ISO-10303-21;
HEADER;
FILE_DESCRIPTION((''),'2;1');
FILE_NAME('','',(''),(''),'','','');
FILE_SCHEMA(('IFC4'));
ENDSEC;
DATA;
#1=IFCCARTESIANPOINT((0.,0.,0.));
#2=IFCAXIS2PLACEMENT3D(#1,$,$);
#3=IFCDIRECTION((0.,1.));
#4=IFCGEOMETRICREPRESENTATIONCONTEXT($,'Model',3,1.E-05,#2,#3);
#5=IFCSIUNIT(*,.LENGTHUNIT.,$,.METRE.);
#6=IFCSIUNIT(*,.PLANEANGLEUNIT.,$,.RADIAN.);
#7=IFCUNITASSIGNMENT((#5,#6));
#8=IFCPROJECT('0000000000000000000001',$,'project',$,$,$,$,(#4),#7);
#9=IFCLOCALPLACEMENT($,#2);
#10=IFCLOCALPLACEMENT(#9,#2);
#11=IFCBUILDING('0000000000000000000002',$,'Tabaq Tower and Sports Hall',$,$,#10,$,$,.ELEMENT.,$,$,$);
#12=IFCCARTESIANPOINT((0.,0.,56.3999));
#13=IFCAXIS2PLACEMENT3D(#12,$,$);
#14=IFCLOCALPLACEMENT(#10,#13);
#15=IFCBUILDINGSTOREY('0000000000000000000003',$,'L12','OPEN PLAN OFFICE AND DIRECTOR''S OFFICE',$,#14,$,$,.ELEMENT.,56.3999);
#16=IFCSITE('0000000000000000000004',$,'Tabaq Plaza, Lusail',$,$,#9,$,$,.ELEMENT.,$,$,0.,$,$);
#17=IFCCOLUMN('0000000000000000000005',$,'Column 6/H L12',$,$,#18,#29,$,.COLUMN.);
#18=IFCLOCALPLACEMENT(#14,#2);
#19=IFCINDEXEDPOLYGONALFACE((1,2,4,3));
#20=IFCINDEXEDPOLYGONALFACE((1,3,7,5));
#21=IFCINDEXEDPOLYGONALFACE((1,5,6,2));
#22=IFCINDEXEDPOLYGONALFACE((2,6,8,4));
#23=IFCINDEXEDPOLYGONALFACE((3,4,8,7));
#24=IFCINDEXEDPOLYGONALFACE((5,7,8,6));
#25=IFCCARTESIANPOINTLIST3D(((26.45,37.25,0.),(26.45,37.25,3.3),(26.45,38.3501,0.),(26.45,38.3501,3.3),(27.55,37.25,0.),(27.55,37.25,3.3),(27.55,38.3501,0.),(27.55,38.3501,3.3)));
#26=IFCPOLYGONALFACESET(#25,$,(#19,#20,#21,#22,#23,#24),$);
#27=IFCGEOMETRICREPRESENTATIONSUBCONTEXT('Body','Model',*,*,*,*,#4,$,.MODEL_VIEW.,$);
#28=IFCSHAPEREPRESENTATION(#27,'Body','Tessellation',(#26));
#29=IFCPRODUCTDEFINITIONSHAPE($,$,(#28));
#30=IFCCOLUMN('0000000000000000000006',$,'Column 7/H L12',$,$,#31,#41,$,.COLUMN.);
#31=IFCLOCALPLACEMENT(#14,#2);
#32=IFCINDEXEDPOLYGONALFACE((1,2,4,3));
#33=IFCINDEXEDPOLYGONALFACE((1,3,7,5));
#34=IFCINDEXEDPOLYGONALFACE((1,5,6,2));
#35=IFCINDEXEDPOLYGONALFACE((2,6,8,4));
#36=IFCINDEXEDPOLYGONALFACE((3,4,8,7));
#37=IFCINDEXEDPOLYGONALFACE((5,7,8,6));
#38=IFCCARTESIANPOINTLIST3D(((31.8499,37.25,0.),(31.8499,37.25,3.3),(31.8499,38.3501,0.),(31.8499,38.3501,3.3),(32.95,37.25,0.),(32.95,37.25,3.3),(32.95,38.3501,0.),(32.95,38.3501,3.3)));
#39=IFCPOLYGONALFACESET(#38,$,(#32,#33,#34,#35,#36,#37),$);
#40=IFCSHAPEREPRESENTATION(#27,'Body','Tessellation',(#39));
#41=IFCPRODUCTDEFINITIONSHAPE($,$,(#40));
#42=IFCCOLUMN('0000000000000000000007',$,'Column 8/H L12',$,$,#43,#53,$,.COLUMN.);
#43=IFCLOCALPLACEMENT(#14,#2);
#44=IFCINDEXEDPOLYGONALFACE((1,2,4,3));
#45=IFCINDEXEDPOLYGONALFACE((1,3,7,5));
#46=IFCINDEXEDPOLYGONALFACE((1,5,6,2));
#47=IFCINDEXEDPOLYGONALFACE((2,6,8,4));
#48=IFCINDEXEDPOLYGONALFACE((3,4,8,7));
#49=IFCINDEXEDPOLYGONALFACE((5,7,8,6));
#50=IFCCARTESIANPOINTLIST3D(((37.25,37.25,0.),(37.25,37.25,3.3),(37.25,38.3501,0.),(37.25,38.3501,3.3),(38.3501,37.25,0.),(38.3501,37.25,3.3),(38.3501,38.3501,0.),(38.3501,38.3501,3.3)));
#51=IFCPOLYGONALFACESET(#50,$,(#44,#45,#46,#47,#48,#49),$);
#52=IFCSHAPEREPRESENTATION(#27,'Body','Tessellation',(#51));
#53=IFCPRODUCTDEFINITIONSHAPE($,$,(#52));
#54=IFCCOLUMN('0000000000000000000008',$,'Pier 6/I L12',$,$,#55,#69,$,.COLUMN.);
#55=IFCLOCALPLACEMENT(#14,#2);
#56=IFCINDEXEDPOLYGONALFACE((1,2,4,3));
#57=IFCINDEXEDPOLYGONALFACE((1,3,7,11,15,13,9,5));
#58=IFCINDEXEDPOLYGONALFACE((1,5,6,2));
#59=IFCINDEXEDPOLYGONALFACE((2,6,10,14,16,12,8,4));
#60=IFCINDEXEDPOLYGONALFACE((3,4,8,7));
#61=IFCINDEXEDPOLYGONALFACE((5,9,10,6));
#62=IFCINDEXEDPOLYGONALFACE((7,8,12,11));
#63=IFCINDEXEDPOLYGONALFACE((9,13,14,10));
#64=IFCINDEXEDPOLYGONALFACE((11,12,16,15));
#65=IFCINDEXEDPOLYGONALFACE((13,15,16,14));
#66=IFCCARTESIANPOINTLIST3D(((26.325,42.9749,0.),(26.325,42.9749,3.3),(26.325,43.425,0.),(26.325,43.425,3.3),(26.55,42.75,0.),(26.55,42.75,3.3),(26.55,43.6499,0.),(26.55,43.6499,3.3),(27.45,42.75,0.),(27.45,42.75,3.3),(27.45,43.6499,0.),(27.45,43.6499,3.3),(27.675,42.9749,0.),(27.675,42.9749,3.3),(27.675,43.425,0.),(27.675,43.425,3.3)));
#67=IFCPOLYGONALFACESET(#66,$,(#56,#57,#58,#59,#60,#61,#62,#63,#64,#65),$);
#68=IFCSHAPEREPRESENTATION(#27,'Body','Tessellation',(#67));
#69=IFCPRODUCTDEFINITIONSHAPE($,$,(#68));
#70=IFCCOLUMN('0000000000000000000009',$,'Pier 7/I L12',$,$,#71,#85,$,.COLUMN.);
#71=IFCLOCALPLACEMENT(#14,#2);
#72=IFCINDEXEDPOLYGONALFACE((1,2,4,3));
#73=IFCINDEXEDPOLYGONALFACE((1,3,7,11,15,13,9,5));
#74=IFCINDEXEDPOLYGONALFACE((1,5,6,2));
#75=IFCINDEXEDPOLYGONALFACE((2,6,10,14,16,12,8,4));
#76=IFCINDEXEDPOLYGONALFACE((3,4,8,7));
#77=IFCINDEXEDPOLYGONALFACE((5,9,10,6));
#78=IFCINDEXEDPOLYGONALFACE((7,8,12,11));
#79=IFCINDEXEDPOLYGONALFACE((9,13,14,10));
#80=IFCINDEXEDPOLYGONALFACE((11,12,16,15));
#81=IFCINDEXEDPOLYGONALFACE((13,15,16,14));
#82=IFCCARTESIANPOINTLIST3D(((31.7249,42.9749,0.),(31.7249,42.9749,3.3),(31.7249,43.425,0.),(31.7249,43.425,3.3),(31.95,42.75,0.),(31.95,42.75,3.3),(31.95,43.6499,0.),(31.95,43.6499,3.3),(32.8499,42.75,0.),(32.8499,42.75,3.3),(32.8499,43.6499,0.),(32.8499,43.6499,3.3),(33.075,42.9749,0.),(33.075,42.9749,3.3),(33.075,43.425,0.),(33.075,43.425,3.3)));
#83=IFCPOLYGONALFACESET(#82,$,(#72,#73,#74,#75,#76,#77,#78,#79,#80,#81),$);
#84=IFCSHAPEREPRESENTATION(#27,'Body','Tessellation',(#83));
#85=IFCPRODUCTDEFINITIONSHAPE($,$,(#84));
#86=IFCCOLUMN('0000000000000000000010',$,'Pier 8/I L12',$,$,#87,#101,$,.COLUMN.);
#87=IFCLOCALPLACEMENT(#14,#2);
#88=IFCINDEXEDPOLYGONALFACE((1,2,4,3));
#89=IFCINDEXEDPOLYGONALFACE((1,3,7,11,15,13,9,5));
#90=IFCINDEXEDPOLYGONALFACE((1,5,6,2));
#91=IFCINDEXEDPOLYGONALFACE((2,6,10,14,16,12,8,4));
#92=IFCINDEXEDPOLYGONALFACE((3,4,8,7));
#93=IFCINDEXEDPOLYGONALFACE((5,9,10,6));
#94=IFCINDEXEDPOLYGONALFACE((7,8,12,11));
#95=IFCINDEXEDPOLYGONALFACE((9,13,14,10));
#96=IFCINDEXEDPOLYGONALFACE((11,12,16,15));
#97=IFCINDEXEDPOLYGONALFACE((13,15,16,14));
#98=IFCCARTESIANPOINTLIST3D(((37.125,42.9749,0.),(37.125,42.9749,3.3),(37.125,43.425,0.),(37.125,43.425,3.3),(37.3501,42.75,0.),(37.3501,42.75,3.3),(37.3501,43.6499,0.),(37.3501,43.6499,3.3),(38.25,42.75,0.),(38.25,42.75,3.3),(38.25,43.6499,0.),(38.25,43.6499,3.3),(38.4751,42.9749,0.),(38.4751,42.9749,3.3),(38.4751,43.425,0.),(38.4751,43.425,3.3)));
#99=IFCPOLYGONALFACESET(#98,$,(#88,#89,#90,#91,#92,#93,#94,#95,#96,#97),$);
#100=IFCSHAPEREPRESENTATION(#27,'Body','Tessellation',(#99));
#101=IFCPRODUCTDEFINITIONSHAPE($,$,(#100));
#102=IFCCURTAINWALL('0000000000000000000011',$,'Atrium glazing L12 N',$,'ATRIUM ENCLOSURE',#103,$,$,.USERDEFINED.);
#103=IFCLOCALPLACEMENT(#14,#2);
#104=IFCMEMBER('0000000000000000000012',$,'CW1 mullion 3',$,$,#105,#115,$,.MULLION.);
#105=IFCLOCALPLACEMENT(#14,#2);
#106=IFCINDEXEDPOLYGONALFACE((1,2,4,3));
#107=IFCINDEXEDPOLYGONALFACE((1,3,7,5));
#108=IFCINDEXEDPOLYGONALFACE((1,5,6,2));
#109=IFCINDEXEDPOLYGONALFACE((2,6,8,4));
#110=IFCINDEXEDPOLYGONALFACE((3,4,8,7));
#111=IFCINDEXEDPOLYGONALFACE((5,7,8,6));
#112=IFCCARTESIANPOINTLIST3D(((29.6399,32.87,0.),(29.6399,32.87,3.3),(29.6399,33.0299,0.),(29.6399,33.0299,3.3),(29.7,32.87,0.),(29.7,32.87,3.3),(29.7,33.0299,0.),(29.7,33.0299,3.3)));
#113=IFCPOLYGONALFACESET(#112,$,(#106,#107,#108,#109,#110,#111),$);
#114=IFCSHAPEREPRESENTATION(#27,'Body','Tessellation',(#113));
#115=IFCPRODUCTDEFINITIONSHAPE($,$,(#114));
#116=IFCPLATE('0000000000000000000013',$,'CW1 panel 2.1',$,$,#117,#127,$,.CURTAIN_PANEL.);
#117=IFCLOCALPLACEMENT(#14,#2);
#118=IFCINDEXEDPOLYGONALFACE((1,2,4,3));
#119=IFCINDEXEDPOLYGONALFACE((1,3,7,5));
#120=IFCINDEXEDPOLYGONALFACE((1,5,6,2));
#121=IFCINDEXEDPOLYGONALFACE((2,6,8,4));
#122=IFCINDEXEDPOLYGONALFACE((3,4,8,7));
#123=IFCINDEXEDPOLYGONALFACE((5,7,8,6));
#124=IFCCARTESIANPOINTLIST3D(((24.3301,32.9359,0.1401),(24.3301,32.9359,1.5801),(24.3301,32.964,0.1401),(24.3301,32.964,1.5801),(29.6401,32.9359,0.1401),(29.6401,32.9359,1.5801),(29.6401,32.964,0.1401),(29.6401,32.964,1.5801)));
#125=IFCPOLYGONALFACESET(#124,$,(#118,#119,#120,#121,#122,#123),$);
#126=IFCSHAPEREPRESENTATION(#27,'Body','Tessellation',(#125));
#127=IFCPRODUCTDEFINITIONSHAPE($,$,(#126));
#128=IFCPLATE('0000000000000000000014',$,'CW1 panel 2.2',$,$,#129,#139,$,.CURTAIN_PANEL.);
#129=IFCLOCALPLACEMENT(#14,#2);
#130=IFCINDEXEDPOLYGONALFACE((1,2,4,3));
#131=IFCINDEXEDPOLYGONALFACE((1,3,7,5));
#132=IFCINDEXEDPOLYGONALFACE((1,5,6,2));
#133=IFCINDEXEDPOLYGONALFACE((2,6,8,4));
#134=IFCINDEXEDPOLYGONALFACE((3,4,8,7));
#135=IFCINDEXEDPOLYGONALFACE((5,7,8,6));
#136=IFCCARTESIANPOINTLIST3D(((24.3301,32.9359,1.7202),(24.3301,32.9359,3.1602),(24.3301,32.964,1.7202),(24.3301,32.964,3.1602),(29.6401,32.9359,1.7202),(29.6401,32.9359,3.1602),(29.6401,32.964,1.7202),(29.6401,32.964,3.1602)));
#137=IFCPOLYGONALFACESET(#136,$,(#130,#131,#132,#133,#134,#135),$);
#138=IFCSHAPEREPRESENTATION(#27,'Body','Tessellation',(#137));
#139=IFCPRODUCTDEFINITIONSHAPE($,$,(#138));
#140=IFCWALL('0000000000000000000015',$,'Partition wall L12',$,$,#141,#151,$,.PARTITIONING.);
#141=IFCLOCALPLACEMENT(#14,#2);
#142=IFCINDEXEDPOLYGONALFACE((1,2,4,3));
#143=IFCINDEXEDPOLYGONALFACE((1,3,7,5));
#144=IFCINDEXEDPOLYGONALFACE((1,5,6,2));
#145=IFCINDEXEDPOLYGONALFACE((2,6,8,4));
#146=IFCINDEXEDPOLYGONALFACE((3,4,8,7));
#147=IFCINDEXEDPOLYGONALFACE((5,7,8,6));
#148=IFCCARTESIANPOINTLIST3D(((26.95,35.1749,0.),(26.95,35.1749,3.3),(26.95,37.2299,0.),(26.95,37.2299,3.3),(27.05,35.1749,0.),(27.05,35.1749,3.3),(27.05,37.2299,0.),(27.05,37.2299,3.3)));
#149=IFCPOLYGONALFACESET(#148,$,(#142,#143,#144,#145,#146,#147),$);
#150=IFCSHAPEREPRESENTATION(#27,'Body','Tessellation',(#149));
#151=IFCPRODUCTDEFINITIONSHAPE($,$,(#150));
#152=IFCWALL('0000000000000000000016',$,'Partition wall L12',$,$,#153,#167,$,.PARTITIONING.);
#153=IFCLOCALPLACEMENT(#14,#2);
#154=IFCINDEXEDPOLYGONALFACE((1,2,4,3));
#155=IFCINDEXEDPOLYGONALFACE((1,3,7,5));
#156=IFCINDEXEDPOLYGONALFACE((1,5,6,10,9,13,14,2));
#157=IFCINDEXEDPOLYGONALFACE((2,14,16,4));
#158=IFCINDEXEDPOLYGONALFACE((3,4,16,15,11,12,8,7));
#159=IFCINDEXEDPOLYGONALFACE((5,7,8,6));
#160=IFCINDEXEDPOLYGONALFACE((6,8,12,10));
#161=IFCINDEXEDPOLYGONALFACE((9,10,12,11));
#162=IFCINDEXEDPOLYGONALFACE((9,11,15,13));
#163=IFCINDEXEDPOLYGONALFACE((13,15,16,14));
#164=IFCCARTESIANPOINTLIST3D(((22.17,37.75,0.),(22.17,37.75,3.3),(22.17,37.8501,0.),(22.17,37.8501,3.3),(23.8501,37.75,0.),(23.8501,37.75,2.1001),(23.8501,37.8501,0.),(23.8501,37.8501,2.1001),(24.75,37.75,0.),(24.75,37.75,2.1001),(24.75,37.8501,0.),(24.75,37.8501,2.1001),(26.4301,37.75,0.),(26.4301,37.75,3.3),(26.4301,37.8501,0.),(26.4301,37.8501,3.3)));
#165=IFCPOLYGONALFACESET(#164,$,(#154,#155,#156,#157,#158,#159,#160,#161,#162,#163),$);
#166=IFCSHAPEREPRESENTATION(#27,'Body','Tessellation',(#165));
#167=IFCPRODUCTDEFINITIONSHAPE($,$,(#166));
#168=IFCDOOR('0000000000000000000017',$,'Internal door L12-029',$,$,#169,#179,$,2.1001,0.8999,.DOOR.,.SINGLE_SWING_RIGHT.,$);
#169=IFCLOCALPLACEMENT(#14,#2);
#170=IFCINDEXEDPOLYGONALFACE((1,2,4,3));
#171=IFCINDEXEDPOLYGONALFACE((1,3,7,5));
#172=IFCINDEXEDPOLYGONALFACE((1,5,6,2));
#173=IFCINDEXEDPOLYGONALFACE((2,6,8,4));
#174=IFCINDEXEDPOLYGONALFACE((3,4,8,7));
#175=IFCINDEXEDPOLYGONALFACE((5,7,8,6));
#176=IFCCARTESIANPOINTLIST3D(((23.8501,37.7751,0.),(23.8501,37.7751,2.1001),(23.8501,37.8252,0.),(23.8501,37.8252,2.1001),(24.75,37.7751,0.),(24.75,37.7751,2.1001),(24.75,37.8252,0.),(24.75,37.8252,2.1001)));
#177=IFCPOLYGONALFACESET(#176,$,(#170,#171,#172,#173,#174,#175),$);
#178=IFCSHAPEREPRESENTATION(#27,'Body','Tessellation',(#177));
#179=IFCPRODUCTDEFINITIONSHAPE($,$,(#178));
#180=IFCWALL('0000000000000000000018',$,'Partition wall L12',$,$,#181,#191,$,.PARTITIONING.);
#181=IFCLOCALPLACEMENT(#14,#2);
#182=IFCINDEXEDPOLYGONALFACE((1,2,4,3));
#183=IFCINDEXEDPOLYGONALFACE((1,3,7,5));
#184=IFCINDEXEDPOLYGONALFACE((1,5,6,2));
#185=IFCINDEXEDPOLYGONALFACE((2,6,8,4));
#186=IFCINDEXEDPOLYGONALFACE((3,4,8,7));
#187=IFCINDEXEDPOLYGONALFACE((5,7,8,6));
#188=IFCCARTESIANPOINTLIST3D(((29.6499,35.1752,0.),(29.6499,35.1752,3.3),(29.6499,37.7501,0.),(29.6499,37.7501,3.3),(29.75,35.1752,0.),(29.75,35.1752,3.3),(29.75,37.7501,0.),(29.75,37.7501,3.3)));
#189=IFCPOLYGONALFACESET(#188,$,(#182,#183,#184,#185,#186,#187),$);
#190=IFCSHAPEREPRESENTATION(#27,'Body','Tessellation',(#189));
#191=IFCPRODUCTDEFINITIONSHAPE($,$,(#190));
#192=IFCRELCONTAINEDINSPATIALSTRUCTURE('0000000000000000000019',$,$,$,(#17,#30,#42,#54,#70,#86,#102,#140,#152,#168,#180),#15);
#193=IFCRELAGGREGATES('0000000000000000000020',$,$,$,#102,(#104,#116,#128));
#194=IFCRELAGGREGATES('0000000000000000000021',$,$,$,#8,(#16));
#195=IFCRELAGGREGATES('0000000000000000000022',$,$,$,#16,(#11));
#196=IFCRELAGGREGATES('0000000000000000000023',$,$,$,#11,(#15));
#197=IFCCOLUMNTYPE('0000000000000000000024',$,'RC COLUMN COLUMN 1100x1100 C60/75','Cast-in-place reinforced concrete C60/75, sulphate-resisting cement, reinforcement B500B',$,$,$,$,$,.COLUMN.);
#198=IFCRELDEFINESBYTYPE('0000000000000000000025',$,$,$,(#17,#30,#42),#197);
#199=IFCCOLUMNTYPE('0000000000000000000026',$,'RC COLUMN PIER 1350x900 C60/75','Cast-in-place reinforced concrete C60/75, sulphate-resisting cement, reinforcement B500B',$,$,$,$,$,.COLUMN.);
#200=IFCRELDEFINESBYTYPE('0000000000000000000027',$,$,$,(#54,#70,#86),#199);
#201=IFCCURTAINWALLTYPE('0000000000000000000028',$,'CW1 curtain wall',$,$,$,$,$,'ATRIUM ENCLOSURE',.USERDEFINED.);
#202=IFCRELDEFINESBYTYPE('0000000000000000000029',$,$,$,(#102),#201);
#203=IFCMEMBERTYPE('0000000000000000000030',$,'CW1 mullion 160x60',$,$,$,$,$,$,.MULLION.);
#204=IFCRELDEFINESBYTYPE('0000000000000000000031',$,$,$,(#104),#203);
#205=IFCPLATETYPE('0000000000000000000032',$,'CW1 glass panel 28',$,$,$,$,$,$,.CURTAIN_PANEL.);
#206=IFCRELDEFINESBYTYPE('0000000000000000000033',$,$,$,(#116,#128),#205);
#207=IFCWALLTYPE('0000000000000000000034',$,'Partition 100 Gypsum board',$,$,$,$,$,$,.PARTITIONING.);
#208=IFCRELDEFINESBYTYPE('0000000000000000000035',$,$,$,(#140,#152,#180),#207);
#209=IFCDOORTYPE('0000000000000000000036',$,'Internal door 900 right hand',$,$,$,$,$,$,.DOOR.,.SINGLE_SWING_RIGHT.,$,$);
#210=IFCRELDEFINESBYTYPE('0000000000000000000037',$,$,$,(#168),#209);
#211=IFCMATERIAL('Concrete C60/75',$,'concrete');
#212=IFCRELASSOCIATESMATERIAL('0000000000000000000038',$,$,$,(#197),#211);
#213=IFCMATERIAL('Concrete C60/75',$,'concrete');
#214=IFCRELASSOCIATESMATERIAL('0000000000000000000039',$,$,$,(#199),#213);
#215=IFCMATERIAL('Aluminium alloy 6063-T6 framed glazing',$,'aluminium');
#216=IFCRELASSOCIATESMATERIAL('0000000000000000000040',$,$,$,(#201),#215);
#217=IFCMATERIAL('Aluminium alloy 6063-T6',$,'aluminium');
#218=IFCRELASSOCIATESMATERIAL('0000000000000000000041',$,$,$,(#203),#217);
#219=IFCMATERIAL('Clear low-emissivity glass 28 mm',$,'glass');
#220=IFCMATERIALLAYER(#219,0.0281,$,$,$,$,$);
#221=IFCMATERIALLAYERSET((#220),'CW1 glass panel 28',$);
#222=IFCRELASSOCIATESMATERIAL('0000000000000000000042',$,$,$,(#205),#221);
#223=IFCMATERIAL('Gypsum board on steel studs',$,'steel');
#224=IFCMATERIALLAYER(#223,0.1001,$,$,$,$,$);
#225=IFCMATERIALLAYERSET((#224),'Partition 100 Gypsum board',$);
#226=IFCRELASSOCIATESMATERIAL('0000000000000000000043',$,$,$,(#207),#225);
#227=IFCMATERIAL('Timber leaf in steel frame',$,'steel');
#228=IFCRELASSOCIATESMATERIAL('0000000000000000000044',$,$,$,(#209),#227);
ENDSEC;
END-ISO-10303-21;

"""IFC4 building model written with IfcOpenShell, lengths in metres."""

from ifc_helpers import new_model, si_unit, direction, frame, frame_2d, origin, origin_2d, place, context, subcontext, project, spatial, polyline, rectangle, outline, extrude, material, layer, layer_set, material_profile, profile_set, type_object, element, fill, aggregate, save


model = new_model("IFC4")

# Units and contexts
model_context = context("Model", 3, precision=1e-05, world=origin(), true_north=direction((0.0, 1.0)))
body_context = subcontext(model_context, "Body", "Model", "MODEL_VIEW")
ifc_project = project(units=[si_unit("LENGTHUNIT", "METRE"), si_unit("PLANEANGLEUNIT", "RADIAN")], contexts=[model_context])

# Site, building, storey
site_placement = place(None, origin())
site = spatial("IfcSite", under=ifc_project, at=site_placement, Name="Tabaq Plaza, Lusail", CompositionType="ELEMENT", RefElevation=0.0)
building_placement = place(site_placement, origin())
building = spatial("IfcBuilding", under=site, at=building_placement, Name="Tabaq Tower and Sports Hall", CompositionType="ELEMENT")
storey_placement = place(building_placement, frame((0.0, 0.0, 56.3999)))
storey = spatial("IfcBuildingStorey", under=building, at=storey_placement, Name="L12", Description="OPEN PLAN OFFICE AND DIRECTOR'S OFFICE", CompositionType="ELEMENT", Elevation=56.3999)

# Columns
ifc_material_1 = material(Name="Concrete C60/75", Category="concrete")
ifc_material_profile_1 = material_profile(ifc_material_1, rectangle(XDim=1.1001, YDim=1.1001, at=origin_2d()), Name="COLUMN 1100x1100")
ifc_profile_set_1 = profile_set([ifc_material_profile_1], Name="Concrete C60/75")
column_type_1 = type_object("IfcColumnType", Name="RC COLUMN COLUMN 1100x1100 C60/75", Description="Cast-in-place reinforced concrete C60/75, sulphate-resisting cement, reinforcement B500B", PredefinedType="COLUMN", material=ifc_profile_set_1)
for number, where, z_axis, x_axis, name in (
    (1, (27.0, 37.8, 0.0), (0.0, 0.0, 1.0), (1.0, 0.0, 0.0), "Column 6/H L12"),
    (2, (32.3999, 37.8, 0.0), (0.0, 0.0, 1.0), (1.0, 0.0, 0.0), "Column 7/H L12"),
    (3, (37.8, 37.8, 0.0), (0.0, 0.0, 1.0), (1.0, 0.0, 0.0), "Column 8/H L12"),
):
    element("IfcColumn", number, at=place(storey_placement, frame(where, z_axis=z_axis, x_axis=x_axis)), inside=storey, type_object=column_type_1, Name=name, PredefinedType="COLUMN", context=body_context, shape_type="SweptSolid", body=[
        extrude(rectangle(XDim=1.1001, YDim=1.1001, at=origin_2d()), origin(), (0.0, 0.0, 1.0), 3.3),
    ])
ifc_material_2 = material(Name="Concrete C60/75", Category="concrete")
ifc_material_profile_2 = material_profile(ifc_material_2, outline(polyline([(-0.45, -0.45), (0.45, -0.45), (0.675, -0.2251), (0.675, 0.2251), (0.45, 0.45), (-0.45, 0.45), (-0.675, 0.2251), (-0.675, -0.2251), (-0.45, -0.45)])), Name="PIER 1350x900")
ifc_profile_set_2 = profile_set([ifc_material_profile_2], Name="Concrete C60/75")
column_type_2 = type_object("IfcColumnType", Name="RC COLUMN PIER 1350x900 C60/75", Description="Cast-in-place reinforced concrete C60/75, sulphate-resisting cement, reinforcement B500B", PredefinedType="COLUMN", material=ifc_profile_set_2)
for number, where, z_axis, x_axis, name in (
    (4, (27.0, 43.2, 0.0), (0.0, 0.0, 1.0), (1.0, 0.0, 0.0), "Pier 6/I L12"),
    (5, (32.3999, 43.2, 0.0), (0.0, 0.0, 1.0), (1.0, 0.0, 0.0), "Pier 7/I L12"),
    (6, (37.8, 43.2, 0.0), (0.0, 0.0, 1.0), (1.0, 0.0, 0.0), "Pier 8/I L12"),
):
    element("IfcColumn", number, at=place(storey_placement, frame(where, z_axis=z_axis, x_axis=x_axis)), inside=storey, type_object=column_type_2, Name=name, PredefinedType="COLUMN", context=body_context, shape_type="SweptSolid", body=[
        extrude(outline(polyline([(-0.45, -0.45), (0.45, -0.45), (0.675, -0.2251), (0.675, 0.2251), (0.45, 0.45), (-0.45, 0.45), (-0.675, 0.2251), (-0.675, -0.2251), (-0.45, -0.45)])), origin(), (0.0, 0.0, 1.0), 3.3),
    ])

# Curtain wall, member, plates
ifc_material_3 = material(Name="Aluminium alloy 6063-T6 framed glazing", Category="aluminium")
curtain_wall_type = type_object("IfcCurtainWallType", Name="CW1 curtain wall", ElementType="ATRIUM ENCLOSURE", PredefinedType="USERDEFINED", material=ifc_material_3)
curtain_wall_placement = place(storey_placement, origin())
curtain_wall = element("IfcCurtainWall", 7, at=curtain_wall_placement, inside=storey, type_object=curtain_wall_type, Name="Atrium glazing L12 N", ObjectType="ATRIUM ENCLOSURE", PredefinedType="USERDEFINED")
ifc_material_4 = material(Name="Aluminium alloy 6063-T6", Category="aluminium")
ifc_material_profile_3 = material_profile(ifc_material_4, rectangle(XDim=0.1599, YDim=0.0601, at=origin_2d()), Name="MULLION 160x60")
ifc_profile_set_3 = profile_set([ifc_material_profile_3], Name="Aluminium alloy 6063-T6")
member_type = type_object("IfcMemberType", Name="CW1 mullion 160x60", PredefinedType="MULLION", material=ifc_profile_set_3)
member_placement = place(storey_placement, frame((29.6699, 32.95, 0.0), z_axis=(0.0, 0.0, 1.0), x_axis=(0.0, 1.0, 0.0)))
member = element("IfcMember", 8, at=member_placement, type_object=member_type, Name="CW1 mullion 3", PredefinedType="MULLION", context=body_context, shape_type="SweptSolid", body=[
    extrude(rectangle(XDim=0.1599, YDim=0.0601, at=origin_2d()), origin(), (0.0, 0.0, 1.0), 3.3),
])
ifc_material_5 = material(Name="Clear low-emissivity glass 28 mm", Category="glass")
ifc_layer_1 = layer(ifc_material_5, 0.0281)
ifc_layer_set_1 = layer_set([ifc_layer_1], Name="CW1 glass panel 28")
plate_type = type_object("IfcPlateType", Name="CW1 glass panel 28", PredefinedType="CURTAIN_PANEL", material=ifc_layer_set_1)
plate_1_placement = place(storey_placement, frame((26.9851, 32.95, 0.1401), z_axis=(0.0, 0.0, 1.0), x_axis=(1.0, 0.0, 0.0)))
plate_1 = element("IfcPlate", 9, at=plate_1_placement, type_object=plate_type, Name="CW1 panel 2.1", PredefinedType="CURTAIN_PANEL", context=body_context, shape_type="SweptSolid", body=[
    extrude(rectangle(XDim=5.3101, YDim=0.0281, at=origin_2d()), origin(), (0.0, 0.0, 1.0), 1.4399),
])
plate_2_placement = place(storey_placement, frame((26.9851, 32.95, 1.7202), z_axis=(0.0, 0.0, 1.0), x_axis=(1.0, 0.0, 0.0)))
plate_2 = element("IfcPlate", 10, at=plate_2_placement, type_object=plate_type, Name="CW1 panel 2.2", PredefinedType="CURTAIN_PANEL", context=body_context, shape_type="SweptSolid", body=[
    extrude(rectangle(XDim=5.3101, YDim=0.0281, at=origin_2d()), origin(), (0.0, 0.0, 1.0), 1.4399),
])
aggregate(curtain_wall, [member, plate_1, plate_2])

# Wall
ifc_material_6 = material(Name="Gypsum board on steel studs", Category="steel")
ifc_layer_2 = layer(ifc_material_6, 0.1001)
ifc_layer_set_2 = layer_set([ifc_layer_2], Name="Partition 100 Gypsum board")
wall_type = type_object("IfcWallType", Name="Partition 100 Gypsum board", PredefinedType="PARTITIONING", material=ifc_layer_set_2)
wall_1_placement = place(storey_placement, frame((27.0, 35.175, 0.0), z_axis=(0.0, 0.0, 1.0), x_axis=(0.0, 1.0, 0.0)))
element("IfcWall", 11, at=wall_1_placement, inside=storey, type_object=wall_type, Name="Partition wall L12", PredefinedType="PARTITIONING", context=body_context, shape_type="SweptSolid", body=[
    extrude(rectangle(XDim=2.0549, YDim=0.1001, at=frame_2d((1.0273, 0.0))), origin(), (0.0, 0.0, 1.0), 3.3),
])

# Wall, opening, door
wall_2_placement = place(storey_placement, frame((26.4299, 37.8, 0.0), z_axis=(0.0, 0.0, 1.0), x_axis=(-1.0, 0.0, 0.0)))
wall_2 = element("IfcWall", 12, at=wall_2_placement, inside=storey, type_object=wall_type, Name="Partition wall L12", PredefinedType="PARTITIONING", context=body_context, shape_type="SweptSolid", body=[
    extrude(rectangle(XDim=4.26, YDim=0.1001, at=frame_2d((2.1299, 0.0))), origin(), (0.0, 0.0, 1.0), 3.3),
])
opening_1_placement = place(wall_2_placement, frame((1.6799, 0.0, 0.0)))
opening_1 = element("IfcOpeningElement", 13, at=opening_1_placement, cuts=wall_2, PredefinedType="OPENING", context=body_context, shape_type="SweptSolid", body=[
    extrude(rectangle(XDim=0.8999, YDim=2.1001, at=frame_2d((0.45, 1.05))), frame((0.0, 0.05, 0.0), z_axis=(0.0, -1.0, 0.0), x_axis=(1.0, 0.0, 0.0)), (0.0, 0.0, 1.0), 0.1001),
])
ifc_material_7 = material(Name="Timber leaf in steel frame", Category="steel")
door_type_1 = type_object("IfcDoorType", Name="Internal door 900 right hand", OperationType="SINGLE_SWING_RIGHT", PredefinedType="DOOR", material=ifc_material_7)
door_1_placement = place(opening_1_placement, origin())
door_1 = element("IfcDoor", 14, at=door_1_placement, inside=storey, type_object=door_type_1, Name="Internal door L12-029", OperationType="SINGLE_SWING_RIGHT", OverallHeight=2.1001, OverallWidth=0.8999, PredefinedType="DOOR", context=body_context, shape_type="SweptSolid", body=[
    extrude(rectangle(XDim=0.8999, YDim=2.1001, at=frame_2d((0.45, 1.05))), frame((0.0, 0.0249, 0.0), z_axis=(0.0, -1.0, 0.0), x_axis=(1.0, 0.0, 0.0)), (0.0, 0.0, 1.0), 0.05),
])
fill(opening_1, door_1)

# Wall
wall_3_placement = place(storey_placement, frame((29.7, 35.175, 0.0), z_axis=(0.0, 0.0, 1.0), x_axis=(0.0, 1.0, 0.0)))
element("IfcWall", 15, at=wall_3_placement, inside=storey, type_object=wall_type, Name="Partition wall L12", PredefinedType="PARTITIONING", context=body_context, shape_type="SweptSolid", body=[
    extrude(rectangle(XDim=2.575, YDim=0.1001, at=frame_2d((1.2876, 0.0))), origin(), (0.0, 0.0, 1.0), 3.3),
])

save(model, "model.ifc")
